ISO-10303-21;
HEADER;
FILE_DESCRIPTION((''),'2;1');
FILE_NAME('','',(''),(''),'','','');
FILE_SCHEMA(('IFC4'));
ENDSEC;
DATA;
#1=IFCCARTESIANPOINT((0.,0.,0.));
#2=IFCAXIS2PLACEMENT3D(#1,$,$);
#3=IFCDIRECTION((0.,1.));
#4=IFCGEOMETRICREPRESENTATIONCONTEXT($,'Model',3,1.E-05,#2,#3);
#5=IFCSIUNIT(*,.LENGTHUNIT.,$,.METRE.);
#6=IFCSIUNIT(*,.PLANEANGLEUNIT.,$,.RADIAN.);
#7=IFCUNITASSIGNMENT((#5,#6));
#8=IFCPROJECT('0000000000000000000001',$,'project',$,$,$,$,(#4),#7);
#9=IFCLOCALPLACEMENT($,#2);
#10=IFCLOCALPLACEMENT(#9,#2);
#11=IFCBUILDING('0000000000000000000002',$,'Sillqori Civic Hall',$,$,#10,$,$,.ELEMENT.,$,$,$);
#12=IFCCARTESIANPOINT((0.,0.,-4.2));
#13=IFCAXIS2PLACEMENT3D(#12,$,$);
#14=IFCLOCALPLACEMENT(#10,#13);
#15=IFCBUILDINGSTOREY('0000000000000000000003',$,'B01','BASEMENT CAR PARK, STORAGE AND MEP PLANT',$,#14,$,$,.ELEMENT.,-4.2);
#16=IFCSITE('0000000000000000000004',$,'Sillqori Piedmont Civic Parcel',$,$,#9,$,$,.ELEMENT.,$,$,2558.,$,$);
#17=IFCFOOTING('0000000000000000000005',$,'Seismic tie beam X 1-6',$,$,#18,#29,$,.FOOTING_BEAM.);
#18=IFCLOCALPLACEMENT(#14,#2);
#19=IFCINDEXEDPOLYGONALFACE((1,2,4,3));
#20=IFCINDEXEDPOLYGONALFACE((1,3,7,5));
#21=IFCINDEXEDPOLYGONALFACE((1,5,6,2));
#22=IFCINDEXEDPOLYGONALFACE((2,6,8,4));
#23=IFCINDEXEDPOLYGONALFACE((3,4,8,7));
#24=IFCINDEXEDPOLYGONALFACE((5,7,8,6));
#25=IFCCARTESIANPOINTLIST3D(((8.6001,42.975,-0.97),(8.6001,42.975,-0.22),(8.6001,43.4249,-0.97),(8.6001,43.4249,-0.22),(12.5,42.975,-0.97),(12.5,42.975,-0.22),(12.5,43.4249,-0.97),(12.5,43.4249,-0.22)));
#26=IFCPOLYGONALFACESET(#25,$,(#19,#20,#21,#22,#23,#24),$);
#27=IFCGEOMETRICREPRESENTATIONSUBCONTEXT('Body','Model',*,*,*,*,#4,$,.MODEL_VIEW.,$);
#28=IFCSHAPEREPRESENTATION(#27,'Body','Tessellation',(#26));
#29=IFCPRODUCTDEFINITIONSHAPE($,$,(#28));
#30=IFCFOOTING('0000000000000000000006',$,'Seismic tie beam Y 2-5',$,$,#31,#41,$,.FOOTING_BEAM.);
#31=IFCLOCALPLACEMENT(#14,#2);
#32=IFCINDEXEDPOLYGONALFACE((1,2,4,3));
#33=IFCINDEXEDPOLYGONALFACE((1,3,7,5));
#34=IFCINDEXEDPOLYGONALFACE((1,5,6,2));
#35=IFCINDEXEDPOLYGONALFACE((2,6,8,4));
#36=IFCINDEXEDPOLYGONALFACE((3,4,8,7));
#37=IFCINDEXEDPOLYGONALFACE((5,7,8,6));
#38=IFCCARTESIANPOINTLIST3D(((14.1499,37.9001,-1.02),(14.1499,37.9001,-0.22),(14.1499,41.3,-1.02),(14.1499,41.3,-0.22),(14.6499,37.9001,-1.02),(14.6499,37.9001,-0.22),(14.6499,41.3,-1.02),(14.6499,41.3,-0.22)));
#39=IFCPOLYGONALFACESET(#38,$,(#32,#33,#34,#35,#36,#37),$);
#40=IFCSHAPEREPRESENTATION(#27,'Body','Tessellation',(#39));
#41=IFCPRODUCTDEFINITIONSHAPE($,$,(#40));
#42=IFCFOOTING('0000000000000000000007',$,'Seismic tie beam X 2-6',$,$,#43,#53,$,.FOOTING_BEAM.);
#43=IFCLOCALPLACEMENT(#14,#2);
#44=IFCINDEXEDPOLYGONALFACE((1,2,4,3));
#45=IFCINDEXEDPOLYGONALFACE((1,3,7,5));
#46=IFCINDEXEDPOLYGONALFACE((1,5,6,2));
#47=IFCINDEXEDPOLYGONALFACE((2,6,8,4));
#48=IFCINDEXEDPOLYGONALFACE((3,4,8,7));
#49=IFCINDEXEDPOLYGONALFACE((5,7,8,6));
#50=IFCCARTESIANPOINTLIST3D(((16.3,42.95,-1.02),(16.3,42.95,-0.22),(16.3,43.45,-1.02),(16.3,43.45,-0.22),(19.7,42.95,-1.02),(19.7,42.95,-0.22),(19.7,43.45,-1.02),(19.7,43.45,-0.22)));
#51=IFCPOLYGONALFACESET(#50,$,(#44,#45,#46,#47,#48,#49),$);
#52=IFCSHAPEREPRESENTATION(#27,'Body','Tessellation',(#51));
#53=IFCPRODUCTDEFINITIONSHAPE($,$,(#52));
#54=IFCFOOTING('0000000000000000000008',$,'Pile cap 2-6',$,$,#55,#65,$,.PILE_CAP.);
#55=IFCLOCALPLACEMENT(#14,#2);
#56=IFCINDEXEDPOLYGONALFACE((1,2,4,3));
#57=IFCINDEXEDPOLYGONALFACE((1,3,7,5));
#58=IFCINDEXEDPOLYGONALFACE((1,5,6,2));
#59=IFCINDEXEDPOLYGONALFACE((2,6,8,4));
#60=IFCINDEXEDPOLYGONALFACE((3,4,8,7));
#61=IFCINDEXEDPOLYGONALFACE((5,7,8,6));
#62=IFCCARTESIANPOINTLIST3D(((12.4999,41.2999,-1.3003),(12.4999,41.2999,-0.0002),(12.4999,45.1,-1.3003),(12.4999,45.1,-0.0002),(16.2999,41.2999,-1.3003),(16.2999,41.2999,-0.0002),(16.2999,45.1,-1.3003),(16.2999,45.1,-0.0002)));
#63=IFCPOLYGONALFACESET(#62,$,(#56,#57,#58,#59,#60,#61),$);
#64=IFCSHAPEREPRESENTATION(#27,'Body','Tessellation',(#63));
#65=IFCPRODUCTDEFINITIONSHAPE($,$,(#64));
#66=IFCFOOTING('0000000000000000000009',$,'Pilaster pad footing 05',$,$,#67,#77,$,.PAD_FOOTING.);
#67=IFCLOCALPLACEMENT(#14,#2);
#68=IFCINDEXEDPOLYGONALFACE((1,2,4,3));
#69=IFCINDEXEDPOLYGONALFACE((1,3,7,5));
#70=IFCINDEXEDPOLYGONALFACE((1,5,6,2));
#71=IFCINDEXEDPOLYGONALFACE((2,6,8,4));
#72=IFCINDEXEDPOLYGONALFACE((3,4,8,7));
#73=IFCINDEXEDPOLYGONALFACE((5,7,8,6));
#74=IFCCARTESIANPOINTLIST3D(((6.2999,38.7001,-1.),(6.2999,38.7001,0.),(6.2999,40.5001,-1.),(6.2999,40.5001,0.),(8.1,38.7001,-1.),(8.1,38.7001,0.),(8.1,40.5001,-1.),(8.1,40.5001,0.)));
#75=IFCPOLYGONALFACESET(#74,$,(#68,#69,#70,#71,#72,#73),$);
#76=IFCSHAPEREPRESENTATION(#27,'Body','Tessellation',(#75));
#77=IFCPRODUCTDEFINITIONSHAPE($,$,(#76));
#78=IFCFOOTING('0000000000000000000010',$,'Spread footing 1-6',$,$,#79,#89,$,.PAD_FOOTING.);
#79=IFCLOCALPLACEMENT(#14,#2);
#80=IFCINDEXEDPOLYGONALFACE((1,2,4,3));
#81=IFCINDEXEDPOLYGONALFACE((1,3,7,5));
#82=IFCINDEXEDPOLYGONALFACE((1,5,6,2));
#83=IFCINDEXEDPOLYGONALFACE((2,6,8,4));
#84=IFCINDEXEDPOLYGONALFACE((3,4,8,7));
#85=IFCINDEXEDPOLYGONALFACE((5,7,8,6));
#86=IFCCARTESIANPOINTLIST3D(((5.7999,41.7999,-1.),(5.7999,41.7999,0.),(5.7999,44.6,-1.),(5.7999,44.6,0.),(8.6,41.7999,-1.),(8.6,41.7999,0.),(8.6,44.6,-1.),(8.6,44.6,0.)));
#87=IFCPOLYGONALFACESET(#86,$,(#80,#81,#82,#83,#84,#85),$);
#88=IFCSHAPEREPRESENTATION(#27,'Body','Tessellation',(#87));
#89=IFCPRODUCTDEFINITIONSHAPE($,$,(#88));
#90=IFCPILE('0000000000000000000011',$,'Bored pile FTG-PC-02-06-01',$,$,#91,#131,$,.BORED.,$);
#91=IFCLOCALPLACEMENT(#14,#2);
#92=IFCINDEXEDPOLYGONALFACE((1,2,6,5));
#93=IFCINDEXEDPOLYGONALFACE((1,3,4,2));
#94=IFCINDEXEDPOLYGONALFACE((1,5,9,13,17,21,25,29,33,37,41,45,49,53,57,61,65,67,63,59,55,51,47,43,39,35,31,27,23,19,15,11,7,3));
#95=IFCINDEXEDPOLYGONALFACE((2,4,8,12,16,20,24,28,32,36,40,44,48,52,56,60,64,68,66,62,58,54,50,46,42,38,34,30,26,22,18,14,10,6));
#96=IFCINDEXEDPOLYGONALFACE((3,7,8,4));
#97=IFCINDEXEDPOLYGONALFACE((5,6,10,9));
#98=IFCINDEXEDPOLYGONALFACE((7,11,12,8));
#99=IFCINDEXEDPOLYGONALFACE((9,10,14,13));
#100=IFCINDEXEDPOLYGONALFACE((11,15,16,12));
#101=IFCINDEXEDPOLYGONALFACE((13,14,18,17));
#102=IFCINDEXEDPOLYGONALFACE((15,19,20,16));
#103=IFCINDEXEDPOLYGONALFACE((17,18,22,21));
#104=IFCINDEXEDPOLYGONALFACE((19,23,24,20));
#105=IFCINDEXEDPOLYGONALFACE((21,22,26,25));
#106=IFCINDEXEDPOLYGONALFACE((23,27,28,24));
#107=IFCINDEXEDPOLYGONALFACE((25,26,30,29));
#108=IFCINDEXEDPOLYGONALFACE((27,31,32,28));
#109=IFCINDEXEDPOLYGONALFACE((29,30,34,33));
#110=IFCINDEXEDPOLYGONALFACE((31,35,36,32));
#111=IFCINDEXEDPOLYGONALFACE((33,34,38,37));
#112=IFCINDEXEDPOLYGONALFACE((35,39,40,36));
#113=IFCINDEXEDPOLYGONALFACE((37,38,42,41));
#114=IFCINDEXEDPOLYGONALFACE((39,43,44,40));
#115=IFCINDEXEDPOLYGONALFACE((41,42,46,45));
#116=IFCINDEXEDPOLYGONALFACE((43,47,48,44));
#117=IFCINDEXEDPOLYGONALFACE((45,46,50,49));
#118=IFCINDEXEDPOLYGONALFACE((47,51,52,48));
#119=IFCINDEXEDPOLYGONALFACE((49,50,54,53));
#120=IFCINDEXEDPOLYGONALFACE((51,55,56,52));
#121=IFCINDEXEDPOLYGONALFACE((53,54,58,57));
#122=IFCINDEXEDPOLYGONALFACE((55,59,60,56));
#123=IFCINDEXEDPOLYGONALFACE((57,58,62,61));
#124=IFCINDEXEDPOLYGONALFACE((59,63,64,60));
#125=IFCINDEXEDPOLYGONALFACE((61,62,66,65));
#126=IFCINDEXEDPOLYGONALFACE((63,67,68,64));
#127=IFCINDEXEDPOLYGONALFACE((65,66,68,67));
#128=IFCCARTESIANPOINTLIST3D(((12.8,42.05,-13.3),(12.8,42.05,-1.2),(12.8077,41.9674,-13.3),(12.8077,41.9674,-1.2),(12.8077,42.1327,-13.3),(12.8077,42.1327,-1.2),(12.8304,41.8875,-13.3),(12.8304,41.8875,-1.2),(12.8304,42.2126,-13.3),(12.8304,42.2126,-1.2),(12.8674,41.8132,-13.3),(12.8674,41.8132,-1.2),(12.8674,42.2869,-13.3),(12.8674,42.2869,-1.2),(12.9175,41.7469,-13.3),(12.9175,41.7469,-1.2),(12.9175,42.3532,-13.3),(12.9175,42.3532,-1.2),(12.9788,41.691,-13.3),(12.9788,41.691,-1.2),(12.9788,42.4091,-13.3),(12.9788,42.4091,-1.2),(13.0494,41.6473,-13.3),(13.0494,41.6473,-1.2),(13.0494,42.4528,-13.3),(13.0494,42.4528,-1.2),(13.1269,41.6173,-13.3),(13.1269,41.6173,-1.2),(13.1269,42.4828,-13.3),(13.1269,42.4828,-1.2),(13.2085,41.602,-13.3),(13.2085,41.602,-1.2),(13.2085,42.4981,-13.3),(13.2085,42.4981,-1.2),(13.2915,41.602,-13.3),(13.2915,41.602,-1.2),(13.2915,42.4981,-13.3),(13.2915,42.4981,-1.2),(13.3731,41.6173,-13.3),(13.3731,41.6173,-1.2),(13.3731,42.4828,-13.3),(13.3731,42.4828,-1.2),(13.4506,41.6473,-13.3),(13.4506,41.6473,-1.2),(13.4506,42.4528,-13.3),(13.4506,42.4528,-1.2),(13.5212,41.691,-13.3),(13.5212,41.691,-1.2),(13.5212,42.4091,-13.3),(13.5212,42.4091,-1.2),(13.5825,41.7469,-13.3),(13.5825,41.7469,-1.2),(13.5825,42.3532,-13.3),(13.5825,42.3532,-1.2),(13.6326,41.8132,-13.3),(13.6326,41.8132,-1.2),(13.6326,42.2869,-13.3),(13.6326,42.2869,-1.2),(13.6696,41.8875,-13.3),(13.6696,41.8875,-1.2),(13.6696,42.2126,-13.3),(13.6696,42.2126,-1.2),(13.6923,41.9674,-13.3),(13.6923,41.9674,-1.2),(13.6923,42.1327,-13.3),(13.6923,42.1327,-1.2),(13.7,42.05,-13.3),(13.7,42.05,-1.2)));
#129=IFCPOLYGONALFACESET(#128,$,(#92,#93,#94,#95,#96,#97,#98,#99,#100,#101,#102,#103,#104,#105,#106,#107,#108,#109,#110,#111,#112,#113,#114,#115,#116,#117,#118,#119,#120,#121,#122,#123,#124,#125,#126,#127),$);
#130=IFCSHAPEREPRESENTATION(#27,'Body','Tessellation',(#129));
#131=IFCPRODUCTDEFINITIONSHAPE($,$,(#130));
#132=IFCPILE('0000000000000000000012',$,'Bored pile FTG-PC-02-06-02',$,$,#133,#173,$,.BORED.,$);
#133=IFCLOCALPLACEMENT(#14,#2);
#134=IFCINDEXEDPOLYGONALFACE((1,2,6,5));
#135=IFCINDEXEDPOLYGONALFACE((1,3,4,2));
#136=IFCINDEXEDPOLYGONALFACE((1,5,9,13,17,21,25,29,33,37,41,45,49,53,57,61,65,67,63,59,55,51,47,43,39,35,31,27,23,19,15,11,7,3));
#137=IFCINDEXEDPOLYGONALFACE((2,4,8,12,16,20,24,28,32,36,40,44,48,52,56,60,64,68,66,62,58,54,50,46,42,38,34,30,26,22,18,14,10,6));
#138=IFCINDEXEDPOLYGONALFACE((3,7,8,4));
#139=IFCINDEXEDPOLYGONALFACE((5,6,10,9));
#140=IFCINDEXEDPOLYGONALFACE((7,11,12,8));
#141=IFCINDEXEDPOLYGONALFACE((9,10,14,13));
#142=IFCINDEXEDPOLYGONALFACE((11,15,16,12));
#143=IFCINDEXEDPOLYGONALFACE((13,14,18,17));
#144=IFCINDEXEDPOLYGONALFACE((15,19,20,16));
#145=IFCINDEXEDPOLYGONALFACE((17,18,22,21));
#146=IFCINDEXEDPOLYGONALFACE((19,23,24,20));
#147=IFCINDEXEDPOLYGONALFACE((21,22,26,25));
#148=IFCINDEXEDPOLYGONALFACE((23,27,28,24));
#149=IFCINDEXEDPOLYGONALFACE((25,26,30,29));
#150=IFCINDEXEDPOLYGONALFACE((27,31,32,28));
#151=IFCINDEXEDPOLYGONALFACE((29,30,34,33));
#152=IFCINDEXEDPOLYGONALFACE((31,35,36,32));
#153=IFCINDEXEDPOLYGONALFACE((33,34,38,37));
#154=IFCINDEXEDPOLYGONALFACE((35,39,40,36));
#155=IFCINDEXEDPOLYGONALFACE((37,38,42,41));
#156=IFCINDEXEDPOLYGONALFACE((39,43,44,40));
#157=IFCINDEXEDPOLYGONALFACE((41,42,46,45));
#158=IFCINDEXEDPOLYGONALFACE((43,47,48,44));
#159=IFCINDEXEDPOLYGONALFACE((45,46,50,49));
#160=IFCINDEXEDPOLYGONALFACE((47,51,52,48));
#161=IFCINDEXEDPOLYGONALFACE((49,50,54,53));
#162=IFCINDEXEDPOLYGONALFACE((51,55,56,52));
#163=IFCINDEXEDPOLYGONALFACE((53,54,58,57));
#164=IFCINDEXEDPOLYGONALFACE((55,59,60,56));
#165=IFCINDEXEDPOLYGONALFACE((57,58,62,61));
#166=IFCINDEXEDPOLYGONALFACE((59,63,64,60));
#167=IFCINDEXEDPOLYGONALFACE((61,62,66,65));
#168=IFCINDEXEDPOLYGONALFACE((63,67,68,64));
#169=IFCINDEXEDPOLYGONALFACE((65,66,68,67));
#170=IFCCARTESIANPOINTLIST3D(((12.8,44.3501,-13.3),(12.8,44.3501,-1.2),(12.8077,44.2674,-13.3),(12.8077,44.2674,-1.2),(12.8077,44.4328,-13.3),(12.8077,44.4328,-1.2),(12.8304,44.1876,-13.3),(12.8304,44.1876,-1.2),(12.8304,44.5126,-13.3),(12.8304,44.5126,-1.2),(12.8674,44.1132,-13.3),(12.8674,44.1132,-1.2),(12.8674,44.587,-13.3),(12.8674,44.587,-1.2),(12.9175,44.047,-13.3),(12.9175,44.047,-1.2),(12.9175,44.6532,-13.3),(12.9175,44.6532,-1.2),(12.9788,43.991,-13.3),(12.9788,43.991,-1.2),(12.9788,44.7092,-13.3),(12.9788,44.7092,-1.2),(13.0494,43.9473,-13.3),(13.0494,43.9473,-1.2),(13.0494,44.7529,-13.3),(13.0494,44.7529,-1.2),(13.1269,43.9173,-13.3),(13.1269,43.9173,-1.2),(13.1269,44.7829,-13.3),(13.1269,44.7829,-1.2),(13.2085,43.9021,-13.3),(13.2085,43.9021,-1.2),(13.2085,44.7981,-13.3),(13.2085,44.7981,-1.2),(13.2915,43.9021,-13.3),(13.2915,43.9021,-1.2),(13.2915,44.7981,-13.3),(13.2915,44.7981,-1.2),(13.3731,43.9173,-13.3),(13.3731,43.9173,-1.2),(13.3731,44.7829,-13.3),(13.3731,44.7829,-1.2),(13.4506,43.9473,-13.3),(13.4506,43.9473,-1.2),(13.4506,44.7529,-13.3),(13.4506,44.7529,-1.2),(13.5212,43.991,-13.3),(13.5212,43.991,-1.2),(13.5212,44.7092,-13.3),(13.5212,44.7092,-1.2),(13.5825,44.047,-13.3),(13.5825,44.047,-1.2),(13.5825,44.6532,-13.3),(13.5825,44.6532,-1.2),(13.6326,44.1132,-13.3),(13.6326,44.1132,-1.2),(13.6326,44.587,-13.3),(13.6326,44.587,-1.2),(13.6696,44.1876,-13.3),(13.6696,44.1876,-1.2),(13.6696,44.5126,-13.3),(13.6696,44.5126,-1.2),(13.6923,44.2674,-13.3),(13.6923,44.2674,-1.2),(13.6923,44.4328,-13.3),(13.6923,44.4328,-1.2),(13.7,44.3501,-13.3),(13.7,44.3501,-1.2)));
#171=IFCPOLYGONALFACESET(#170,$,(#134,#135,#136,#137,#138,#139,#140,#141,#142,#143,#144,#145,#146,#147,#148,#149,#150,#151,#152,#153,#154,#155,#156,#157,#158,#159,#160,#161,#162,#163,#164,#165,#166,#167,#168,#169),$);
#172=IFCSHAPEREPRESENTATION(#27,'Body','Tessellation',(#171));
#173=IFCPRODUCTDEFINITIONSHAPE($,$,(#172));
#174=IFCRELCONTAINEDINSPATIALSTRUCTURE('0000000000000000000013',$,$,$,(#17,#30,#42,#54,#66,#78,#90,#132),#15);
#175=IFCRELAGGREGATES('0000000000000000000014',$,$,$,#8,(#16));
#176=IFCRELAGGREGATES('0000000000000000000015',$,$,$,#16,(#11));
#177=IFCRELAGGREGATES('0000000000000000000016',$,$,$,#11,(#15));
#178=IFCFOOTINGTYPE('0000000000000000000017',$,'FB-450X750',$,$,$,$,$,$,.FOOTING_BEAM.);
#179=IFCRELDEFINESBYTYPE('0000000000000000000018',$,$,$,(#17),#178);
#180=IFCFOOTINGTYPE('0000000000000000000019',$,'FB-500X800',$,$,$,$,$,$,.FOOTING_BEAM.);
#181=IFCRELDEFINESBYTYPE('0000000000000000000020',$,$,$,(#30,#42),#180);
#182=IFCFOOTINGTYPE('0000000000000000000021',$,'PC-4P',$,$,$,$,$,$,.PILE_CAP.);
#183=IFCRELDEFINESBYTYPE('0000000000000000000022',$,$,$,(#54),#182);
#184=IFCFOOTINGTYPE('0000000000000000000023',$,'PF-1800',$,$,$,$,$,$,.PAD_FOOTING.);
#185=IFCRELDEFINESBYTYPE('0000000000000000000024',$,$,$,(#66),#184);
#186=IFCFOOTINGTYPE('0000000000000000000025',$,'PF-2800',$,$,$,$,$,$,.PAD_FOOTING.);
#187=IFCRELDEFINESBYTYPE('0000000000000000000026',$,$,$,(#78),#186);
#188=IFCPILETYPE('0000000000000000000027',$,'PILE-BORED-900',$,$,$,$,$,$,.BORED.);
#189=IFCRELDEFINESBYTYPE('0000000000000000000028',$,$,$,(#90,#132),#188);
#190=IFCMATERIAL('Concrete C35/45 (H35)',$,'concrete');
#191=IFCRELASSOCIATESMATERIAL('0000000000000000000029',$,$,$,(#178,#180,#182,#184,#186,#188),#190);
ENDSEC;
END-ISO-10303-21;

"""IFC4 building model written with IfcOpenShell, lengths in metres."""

from ifc_helpers import new_model, si_unit, direction, frame, origin, origin_2d, place, context, subcontext, project, spatial, rectangle, circle, extrude, material, material_profile, profile_set, type_object, element, save


model = new_model("IFC4")

# Units and contexts
model_context = context("Model", 3, precision=1e-05, world=origin(), true_north=direction((0.0, 1.0)))
body_context = subcontext(model_context, "Body", "Model", "MODEL_VIEW")
ifc_project = project(units=[si_unit("LENGTHUNIT", "METRE"), si_unit("PLANEANGLEUNIT", "RADIAN")], contexts=[model_context])

# Site, building, storey
site_placement = place(None, origin())
site = spatial("IfcSite", under=ifc_project, at=site_placement, Name="Sillqori Piedmont Civic Parcel", CompositionType="ELEMENT", RefElevation=2558.0)
building_placement = place(site_placement, origin())
building = spatial("IfcBuilding", under=site, at=building_placement, Name="Sillqori Civic Hall", CompositionType="ELEMENT")
storey_placement = place(building_placement, frame((0.0, 0.0, -4.2)))
storey = spatial("IfcBuildingStorey", under=building, at=storey_placement, Name="B01", Description="BASEMENT CAR PARK, STORAGE AND MEP PLANT", CompositionType="ELEMENT", Elevation=-4.2)

# Footings
ifc_material = material(Name="Concrete C35/45 (H35)", Category="concrete")
footing_type_1 = type_object("IfcFootingType", Name="FB-450X750", PredefinedType="FOOTING_BEAM", material=ifc_material)
footing_1_placement = place(storey_placement, frame((10.55, 43.2, -0.97), z_axis=(0.0, 0.0, 1.0), x_axis=(1.0, 0.0, 0.0)))
element("IfcFooting", 1, at=footing_1_placement, inside=storey, type_object=footing_type_1, Name="Seismic tie beam X 1-6", PredefinedType="FOOTING_BEAM", context=body_context, shape_type="SweptSolid", body=[
    extrude(rectangle(XDim=3.8999, YDim=0.45, at=origin_2d()), origin(), (0.0, 0.0, 1.0), 0.75),
])
footing_type_2 = type_object("IfcFootingType", Name="FB-500X800", PredefinedType="FOOTING_BEAM", material=ifc_material)
footing_2_placement = place(storey_placement, frame((14.3999, 39.6001, -1.02), z_axis=(0.0, 0.0, 1.0), x_axis=(1.0, 0.0, 0.0)))
element("IfcFooting", 2, at=footing_2_placement, inside=storey, type_object=footing_type_2, Name="Seismic tie beam Y 2-5", PredefinedType="FOOTING_BEAM", context=body_context, shape_type="SweptSolid", body=[
    extrude(rectangle(XDim=0.5, YDim=3.3999, at=origin_2d()), origin(), (0.0, 0.0, 1.0), 0.8),
])
footing_3_placement = place(storey_placement, frame((18.0, 43.2, -1.02), z_axis=(0.0, 0.0, 1.0), x_axis=(1.0, 0.0, 0.0)))
element("IfcFooting", 3, at=footing_3_placement, inside=storey, type_object=footing_type_2, Name="Seismic tie beam X 2-6", PredefinedType="FOOTING_BEAM", context=body_context, shape_type="SweptSolid", body=[
    extrude(rectangle(XDim=3.3999, YDim=0.5, at=origin_2d()), origin(), (0.0, 0.0, 1.0), 0.8),
])
footing_type_3 = type_object("IfcFootingType", Name="PC-4P", PredefinedType="PILE_CAP", material=ifc_material)
footing_4_placement = place(storey_placement, frame((14.3999, 43.2, -1.3003), z_axis=(0.0, 0.0, 1.0), x_axis=(1.0, 0.0, 0.0)))
element("IfcFooting", 4, at=footing_4_placement, inside=storey, type_object=footing_type_3, Name="Pile cap 2-6", PredefinedType="PILE_CAP", context=body_context, shape_type="SweptSolid", body=[
    extrude(rectangle(XDim=3.8, YDim=3.8, at=origin_2d()), origin(), (0.0, 0.0, 1.0), 1.3),
])
footing_type_4 = type_object("IfcFootingType", Name="PF-1800", PredefinedType="PAD_FOOTING", material=ifc_material)
footing_5_placement = place(storey_placement, frame((7.2, 39.6001, -1.0), z_axis=(0.0, 0.0, 1.0), x_axis=(1.0, 0.0, 0.0)))
element("IfcFooting", 5, at=footing_5_placement, inside=storey, type_object=footing_type_4, Name="Pilaster pad footing 05", PredefinedType="PAD_FOOTING", context=body_context, shape_type="SweptSolid", body=[
    extrude(rectangle(XDim=1.8, YDim=1.8, at=origin_2d()), origin(), (0.0, 0.0, 1.0), 1.0),
])
footing_type_5 = type_object("IfcFootingType", Name="PF-2800", PredefinedType="PAD_FOOTING", material=ifc_material)
footing_6_placement = place(storey_placement, frame((7.2, 43.2, -1.0), z_axis=(0.0, 0.0, 1.0), x_axis=(1.0, 0.0, 0.0)))
element("IfcFooting", 6, at=footing_6_placement, inside=storey, type_object=footing_type_5, Name="Spread footing 1-6", PredefinedType="PAD_FOOTING", context=body_context, shape_type="SweptSolid", body=[
    extrude(rectangle(XDim=2.8, YDim=2.8, at=origin_2d()), origin(), (0.0, 0.0, 1.0), 1.0),
])

# Piles
ifc_material_profile_1 = material_profile(ifc_material, circle(Radius=0.45, at=origin_2d()), Name="BORED PILE 900")
ifc_profile_set_1 = profile_set([ifc_material_profile_1], Name="Concrete C35/45 (H35)")
pile_type = type_object("IfcPileType", Name="PILE-BORED-900", PredefinedType="BORED", material=ifc_profile_set_1)
for number, where, z_axis, x_axis, name in (
    (7, (13.25, 42.05, -1.2), (0.0, 0.0, -1.0), (1.0, 0.0, 0.0), "Bored pile FTG-PC-02-06-01"),
    (8, (13.25, 44.3501, -1.2), (0.0, 0.0, -1.0), (1.0, 0.0, 0.0), "Bored pile FTG-PC-02-06-02"),
):
    element("IfcPile", number, at=place(storey_placement, frame(where, z_axis=z_axis, x_axis=x_axis)), inside=storey, type_object=pile_type, Name=name, PredefinedType="BORED", context=body_context, shape_type="SweptSolid", body=[
        extrude(circle(Radius=0.45, at=origin_2d()), origin(), (0.0, 0.0, 1.0), 12.1001),
    ])

save(model, "model.ifc")
